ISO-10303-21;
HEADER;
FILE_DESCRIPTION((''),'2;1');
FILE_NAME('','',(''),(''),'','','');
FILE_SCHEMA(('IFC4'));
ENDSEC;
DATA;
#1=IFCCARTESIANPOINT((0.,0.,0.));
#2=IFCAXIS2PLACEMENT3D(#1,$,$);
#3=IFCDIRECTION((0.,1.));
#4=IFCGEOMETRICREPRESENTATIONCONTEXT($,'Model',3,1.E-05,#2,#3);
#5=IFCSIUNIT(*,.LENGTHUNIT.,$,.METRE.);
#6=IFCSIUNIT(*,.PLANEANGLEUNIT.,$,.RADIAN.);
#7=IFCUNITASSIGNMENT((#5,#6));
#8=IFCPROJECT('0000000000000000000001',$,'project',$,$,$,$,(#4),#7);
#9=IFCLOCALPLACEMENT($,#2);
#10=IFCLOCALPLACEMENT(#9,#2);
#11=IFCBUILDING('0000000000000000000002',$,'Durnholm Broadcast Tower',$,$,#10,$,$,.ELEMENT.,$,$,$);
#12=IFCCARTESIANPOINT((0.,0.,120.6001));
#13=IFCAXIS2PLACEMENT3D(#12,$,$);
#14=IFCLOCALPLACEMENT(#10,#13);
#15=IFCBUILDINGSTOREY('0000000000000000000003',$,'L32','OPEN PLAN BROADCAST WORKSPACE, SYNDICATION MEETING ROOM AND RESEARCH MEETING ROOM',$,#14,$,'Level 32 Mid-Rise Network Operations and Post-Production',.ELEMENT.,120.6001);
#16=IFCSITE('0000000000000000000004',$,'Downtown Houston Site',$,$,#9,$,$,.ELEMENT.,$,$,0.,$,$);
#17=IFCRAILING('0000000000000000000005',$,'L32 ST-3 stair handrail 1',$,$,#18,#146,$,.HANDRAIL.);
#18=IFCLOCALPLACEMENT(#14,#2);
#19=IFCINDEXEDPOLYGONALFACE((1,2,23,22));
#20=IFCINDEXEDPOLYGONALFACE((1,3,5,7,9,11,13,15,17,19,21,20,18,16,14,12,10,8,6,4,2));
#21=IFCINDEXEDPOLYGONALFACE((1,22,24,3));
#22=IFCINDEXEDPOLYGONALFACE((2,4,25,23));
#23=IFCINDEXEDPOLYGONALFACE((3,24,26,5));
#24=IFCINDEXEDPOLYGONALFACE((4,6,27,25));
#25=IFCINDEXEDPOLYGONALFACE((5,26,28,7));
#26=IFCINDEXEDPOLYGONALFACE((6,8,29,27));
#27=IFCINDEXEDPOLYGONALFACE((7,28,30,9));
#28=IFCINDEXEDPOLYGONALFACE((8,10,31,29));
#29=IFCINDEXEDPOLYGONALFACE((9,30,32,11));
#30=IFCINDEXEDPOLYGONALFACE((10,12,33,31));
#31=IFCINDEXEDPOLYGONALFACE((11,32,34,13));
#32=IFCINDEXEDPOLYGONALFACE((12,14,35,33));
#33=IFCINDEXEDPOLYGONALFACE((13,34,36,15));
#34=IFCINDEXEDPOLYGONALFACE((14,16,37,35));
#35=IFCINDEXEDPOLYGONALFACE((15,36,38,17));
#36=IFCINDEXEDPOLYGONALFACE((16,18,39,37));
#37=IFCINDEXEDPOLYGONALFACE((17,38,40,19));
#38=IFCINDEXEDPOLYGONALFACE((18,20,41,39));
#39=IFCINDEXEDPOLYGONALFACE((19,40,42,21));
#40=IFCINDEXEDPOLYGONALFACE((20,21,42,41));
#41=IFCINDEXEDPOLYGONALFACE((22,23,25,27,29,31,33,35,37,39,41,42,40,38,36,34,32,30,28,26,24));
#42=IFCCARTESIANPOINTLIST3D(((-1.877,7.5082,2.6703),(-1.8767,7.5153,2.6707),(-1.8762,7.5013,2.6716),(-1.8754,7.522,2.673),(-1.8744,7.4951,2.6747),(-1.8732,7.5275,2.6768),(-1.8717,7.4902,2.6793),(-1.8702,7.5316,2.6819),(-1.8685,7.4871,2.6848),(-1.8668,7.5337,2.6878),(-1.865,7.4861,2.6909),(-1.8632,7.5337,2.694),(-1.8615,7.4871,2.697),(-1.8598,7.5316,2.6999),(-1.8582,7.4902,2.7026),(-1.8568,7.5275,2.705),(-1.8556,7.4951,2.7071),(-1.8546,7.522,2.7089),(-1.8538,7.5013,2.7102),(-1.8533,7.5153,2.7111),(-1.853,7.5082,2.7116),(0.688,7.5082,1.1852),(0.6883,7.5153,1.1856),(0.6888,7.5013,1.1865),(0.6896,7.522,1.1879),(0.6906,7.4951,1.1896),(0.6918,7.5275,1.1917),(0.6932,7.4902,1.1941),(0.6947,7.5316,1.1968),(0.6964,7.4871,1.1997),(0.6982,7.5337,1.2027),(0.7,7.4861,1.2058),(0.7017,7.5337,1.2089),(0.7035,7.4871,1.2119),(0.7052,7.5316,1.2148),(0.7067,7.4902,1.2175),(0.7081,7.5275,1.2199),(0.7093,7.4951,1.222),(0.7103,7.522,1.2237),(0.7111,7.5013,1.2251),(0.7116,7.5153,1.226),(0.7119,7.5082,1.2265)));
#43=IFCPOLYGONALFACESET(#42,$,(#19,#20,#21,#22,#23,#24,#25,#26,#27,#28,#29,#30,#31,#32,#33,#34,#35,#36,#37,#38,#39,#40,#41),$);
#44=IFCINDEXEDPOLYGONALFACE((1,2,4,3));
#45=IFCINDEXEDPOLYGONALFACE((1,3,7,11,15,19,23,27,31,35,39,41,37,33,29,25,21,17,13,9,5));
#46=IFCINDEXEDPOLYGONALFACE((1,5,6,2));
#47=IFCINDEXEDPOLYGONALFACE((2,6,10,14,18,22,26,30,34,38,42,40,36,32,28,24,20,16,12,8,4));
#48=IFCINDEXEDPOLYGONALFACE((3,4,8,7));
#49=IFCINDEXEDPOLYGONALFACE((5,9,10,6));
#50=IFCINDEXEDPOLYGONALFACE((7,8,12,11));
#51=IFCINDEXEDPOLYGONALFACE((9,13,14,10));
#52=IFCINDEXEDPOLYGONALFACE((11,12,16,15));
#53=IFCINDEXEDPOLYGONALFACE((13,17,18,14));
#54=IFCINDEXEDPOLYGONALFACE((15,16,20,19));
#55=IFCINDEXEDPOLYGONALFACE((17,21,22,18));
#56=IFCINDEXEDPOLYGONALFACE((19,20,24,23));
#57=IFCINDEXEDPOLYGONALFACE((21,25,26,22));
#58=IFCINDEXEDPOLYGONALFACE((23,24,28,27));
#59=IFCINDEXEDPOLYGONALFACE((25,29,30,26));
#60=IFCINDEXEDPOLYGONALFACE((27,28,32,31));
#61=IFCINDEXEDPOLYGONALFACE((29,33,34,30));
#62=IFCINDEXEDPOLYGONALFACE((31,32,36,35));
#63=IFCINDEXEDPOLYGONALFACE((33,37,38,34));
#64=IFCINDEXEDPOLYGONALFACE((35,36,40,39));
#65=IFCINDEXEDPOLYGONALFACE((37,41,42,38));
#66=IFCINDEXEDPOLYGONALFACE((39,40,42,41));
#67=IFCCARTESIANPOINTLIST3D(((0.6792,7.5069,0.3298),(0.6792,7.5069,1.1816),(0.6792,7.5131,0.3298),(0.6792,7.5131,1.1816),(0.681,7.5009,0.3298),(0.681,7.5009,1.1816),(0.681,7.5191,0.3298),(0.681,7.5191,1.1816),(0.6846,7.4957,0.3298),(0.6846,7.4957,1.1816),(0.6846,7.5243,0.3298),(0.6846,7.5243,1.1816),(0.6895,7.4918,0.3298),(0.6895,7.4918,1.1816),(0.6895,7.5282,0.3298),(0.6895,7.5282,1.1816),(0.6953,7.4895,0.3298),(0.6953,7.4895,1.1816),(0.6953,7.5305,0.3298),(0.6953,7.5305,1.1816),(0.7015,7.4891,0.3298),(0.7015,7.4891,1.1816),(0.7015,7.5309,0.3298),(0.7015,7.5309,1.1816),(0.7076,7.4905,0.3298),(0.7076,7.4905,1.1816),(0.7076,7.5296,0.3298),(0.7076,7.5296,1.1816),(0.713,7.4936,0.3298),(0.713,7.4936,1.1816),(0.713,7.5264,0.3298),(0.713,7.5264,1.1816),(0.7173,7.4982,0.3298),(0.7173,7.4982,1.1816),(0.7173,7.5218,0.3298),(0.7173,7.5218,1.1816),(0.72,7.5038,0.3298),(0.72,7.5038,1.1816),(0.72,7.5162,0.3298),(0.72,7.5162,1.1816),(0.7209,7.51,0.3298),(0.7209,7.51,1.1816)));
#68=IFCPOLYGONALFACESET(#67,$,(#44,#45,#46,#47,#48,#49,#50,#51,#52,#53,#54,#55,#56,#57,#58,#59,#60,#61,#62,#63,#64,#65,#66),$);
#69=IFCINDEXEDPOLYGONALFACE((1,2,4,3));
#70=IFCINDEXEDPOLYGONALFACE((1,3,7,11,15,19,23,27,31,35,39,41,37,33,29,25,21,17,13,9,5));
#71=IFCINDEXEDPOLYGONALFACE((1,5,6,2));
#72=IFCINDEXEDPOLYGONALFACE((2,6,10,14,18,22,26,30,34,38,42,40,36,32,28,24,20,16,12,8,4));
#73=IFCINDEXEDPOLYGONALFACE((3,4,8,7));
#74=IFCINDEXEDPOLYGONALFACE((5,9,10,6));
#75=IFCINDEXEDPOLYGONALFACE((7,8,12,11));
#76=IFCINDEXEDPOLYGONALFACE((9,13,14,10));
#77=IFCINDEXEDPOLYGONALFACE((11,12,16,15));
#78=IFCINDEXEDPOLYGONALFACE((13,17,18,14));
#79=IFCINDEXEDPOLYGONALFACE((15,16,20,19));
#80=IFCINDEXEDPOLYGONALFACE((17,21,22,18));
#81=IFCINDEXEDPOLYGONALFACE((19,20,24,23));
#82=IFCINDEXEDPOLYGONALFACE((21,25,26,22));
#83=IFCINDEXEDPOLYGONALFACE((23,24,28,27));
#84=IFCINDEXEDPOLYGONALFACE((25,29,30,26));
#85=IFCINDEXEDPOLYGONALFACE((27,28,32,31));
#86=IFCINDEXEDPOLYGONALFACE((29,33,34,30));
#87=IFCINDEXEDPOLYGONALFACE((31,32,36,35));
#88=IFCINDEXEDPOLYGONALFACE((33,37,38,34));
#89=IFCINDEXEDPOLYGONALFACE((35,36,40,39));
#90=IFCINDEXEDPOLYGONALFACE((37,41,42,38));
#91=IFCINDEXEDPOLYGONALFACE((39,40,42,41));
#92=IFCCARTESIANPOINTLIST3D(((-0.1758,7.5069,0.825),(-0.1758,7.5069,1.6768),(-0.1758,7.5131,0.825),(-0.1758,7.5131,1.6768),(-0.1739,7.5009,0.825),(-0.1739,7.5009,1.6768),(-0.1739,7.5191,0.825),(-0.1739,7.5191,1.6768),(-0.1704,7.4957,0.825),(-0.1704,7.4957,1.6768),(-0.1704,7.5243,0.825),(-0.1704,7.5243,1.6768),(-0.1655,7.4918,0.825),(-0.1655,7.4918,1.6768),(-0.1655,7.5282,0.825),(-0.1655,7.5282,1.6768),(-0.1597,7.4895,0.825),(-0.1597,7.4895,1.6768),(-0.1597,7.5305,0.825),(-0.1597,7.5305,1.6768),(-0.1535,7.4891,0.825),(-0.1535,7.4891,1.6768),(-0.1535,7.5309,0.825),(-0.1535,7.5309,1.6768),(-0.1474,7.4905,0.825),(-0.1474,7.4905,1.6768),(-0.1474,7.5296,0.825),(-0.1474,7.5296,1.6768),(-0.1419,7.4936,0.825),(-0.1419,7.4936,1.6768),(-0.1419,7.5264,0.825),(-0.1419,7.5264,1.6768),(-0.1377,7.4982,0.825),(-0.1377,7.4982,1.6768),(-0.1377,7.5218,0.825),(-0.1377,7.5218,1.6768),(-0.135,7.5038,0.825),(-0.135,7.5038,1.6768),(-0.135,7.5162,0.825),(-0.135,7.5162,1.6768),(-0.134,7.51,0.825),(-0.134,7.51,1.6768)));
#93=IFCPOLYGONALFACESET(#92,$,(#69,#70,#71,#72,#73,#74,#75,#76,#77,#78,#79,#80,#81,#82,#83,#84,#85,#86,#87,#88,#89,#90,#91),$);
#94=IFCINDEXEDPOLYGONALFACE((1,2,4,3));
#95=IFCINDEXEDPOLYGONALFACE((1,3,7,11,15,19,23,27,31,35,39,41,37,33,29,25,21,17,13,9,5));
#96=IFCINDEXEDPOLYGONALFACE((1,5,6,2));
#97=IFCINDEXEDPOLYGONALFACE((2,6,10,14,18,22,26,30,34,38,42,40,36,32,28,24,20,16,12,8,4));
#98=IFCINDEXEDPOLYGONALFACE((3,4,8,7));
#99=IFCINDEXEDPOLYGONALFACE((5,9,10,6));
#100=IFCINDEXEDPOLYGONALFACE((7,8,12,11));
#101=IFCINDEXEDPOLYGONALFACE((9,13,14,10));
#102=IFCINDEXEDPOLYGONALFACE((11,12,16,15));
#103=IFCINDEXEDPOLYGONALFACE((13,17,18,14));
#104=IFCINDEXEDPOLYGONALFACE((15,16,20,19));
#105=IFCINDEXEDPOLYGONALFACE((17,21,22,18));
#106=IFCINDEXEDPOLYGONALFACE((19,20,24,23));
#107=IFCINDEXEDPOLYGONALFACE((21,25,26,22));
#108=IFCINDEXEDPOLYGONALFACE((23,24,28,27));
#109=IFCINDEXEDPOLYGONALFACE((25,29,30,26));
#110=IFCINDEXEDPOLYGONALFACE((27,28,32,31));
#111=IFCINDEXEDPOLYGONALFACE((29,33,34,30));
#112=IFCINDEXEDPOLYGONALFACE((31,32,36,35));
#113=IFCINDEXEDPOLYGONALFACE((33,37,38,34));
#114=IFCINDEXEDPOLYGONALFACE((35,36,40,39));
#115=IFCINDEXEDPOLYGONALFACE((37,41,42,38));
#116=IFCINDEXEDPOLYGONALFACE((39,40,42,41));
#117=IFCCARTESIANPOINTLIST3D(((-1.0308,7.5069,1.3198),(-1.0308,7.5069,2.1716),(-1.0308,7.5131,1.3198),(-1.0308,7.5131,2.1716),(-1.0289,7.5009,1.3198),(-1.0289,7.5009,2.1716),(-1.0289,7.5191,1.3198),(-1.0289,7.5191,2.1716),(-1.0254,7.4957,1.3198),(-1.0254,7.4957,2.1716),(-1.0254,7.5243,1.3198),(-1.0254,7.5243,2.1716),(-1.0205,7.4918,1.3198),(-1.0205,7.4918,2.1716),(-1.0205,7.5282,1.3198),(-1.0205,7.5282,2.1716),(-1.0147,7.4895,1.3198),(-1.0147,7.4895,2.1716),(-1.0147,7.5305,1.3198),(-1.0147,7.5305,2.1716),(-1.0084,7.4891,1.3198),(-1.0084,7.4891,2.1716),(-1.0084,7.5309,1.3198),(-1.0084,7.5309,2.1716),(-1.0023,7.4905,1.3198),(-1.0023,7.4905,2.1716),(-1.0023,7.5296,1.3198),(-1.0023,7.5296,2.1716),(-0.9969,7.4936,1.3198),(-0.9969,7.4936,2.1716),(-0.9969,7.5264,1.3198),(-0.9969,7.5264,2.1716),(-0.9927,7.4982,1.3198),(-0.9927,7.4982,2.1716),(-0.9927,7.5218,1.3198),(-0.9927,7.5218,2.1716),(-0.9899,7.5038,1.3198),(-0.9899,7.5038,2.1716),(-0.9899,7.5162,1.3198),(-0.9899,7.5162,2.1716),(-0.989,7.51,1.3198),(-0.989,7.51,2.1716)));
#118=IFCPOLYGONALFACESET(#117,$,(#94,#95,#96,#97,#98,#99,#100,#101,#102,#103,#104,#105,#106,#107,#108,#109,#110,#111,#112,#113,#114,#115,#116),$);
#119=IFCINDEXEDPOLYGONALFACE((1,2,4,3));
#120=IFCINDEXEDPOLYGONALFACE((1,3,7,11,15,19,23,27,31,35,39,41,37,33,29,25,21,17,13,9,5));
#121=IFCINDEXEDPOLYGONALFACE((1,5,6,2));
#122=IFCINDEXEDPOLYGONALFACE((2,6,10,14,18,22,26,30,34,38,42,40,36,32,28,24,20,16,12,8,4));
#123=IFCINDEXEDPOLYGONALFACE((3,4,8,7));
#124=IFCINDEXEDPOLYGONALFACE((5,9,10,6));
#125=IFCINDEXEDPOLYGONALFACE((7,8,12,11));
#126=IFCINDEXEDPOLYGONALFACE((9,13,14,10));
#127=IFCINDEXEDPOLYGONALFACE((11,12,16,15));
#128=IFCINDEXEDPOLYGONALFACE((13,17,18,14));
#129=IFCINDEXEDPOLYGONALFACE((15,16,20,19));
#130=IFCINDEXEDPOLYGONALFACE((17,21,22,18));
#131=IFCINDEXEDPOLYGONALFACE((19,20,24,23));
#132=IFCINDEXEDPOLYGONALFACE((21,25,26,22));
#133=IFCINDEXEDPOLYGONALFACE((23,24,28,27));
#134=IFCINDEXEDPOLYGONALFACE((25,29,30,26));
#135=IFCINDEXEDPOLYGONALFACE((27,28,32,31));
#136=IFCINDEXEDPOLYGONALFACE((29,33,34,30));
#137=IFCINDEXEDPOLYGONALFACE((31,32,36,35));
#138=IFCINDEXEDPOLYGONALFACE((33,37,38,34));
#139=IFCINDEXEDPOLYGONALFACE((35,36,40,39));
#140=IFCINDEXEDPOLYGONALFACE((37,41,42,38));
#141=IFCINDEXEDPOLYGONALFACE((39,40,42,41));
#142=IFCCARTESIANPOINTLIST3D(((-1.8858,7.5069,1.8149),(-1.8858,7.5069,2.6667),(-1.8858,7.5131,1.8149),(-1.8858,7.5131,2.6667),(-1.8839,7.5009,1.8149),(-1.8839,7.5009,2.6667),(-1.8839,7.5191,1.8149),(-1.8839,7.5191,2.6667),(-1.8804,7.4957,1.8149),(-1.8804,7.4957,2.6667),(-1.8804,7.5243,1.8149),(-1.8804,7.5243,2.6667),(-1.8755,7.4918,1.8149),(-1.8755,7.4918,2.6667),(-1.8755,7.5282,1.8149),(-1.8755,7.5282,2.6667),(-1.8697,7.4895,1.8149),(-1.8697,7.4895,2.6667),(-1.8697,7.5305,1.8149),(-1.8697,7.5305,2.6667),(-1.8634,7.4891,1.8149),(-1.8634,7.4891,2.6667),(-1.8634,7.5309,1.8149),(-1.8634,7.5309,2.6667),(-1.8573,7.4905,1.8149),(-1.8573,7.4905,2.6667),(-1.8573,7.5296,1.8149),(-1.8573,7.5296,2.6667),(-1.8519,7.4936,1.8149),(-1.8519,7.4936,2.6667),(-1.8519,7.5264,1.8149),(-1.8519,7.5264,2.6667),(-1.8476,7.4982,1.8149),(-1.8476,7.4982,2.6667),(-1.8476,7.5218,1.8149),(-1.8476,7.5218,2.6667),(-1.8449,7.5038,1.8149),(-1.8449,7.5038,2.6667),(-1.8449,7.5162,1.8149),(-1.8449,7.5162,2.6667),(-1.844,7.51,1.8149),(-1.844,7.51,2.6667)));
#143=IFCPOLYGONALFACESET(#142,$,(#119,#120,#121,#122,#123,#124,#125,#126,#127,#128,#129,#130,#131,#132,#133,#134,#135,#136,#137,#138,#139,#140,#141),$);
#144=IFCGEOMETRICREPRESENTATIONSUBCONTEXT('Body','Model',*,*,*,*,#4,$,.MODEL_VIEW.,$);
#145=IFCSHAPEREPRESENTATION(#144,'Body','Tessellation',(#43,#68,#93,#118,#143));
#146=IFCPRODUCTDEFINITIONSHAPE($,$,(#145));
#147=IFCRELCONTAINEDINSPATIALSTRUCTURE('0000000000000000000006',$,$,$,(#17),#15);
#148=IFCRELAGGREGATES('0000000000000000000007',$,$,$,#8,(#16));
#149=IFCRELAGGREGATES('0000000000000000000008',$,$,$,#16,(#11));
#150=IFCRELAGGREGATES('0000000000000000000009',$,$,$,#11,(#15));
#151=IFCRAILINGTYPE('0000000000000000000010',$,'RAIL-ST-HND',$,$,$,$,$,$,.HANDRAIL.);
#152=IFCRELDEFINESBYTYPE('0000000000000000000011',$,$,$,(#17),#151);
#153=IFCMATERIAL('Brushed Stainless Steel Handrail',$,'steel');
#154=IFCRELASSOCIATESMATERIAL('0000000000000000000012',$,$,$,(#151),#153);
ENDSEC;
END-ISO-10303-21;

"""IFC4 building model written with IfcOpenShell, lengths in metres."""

from ifc_helpers import new_model, si_unit, direction, frame, origin, origin_2d, place, context, subcontext, project, spatial, circle, extrude, material, type_object, element, save


model = new_model("IFC4")

# Units and contexts
model_context = context("Model", 3, precision=1e-05, world=origin(), true_north=direction((0.0, 1.0)))
body_context = subcontext(model_context, "Body", "Model", "MODEL_VIEW")
ifc_project = project(units=[si_unit("LENGTHUNIT", "METRE"), si_unit("PLANEANGLEUNIT", "RADIAN")], contexts=[model_context])

# Site, building, storey
site_placement = place(None, origin())
site = spatial("IfcSite", under=ifc_project, at=site_placement, Name="Downtown Houston Site", CompositionType="ELEMENT", RefElevation=0.0)
building_placement = place(site_placement, origin())
building = spatial("IfcBuilding", under=site, at=building_placement, Name="Durnholm Broadcast Tower", CompositionType="ELEMENT")
storey_placement = place(building_placement, frame((0.0, 0.0, 120.6001)))
storey = spatial("IfcBuildingStorey", under=building, at=storey_placement, Name="L32", Description="OPEN PLAN BROADCAST WORKSPACE, SYNDICATION MEETING ROOM AND RESEARCH MEETING ROOM", LongName="Level 32 Mid-Rise Network Operations and Post-Production", CompositionType="ELEMENT", Elevation=120.6001)

# Railing
ifc_material_1 = material(Name="Brushed Stainless Steel Handrail", Category="steel")
railing_type_1 = type_object("IfcRailingType", Name="RAIL-ST-HND", PredefinedType="HANDRAIL", material=ifc_material_1)
railing_1_placement = place(storey_placement, frame((0.7, 7.51, 0.3298)))
element("IfcRailing", 1, at=railing_1_placement, inside=storey, type_object=railing_type_1, Name="L32 ST-3 stair handrail 1", PredefinedType="HANDRAIL", context=body_context, shape_type="SweptSolid", body=[
    extrude(circle(Radius=0.0239, at=origin_2d()), frame((0.0, 0.0, 0.876), z_axis=(-0.865406, 0.0, 0.501072), x_axis=(0.0, -1.0, 0.0)), (0.0, 0.0, 1.0), 2.9639),
    extrude(circle(Radius=0.021, at=origin_2d()), origin(), (0.0, 0.0, 1.0), 0.8518),
    extrude(circle(Radius=0.021, at=origin_2d()), frame((-0.855, 0.0, 0.4951)), (0.0, 0.0, 1.0), 0.8518),
    extrude(circle(Radius=0.021, at=origin_2d()), frame((-1.71, 0.0, 0.99)), (0.0, 0.0, 1.0), 0.8518),
    extrude(circle(Radius=0.021, at=origin_2d()), frame((-2.5649, 0.0, 1.4851)), (0.0, 0.0, 1.0), 0.8518),
])

save(model, "model.ifc")
